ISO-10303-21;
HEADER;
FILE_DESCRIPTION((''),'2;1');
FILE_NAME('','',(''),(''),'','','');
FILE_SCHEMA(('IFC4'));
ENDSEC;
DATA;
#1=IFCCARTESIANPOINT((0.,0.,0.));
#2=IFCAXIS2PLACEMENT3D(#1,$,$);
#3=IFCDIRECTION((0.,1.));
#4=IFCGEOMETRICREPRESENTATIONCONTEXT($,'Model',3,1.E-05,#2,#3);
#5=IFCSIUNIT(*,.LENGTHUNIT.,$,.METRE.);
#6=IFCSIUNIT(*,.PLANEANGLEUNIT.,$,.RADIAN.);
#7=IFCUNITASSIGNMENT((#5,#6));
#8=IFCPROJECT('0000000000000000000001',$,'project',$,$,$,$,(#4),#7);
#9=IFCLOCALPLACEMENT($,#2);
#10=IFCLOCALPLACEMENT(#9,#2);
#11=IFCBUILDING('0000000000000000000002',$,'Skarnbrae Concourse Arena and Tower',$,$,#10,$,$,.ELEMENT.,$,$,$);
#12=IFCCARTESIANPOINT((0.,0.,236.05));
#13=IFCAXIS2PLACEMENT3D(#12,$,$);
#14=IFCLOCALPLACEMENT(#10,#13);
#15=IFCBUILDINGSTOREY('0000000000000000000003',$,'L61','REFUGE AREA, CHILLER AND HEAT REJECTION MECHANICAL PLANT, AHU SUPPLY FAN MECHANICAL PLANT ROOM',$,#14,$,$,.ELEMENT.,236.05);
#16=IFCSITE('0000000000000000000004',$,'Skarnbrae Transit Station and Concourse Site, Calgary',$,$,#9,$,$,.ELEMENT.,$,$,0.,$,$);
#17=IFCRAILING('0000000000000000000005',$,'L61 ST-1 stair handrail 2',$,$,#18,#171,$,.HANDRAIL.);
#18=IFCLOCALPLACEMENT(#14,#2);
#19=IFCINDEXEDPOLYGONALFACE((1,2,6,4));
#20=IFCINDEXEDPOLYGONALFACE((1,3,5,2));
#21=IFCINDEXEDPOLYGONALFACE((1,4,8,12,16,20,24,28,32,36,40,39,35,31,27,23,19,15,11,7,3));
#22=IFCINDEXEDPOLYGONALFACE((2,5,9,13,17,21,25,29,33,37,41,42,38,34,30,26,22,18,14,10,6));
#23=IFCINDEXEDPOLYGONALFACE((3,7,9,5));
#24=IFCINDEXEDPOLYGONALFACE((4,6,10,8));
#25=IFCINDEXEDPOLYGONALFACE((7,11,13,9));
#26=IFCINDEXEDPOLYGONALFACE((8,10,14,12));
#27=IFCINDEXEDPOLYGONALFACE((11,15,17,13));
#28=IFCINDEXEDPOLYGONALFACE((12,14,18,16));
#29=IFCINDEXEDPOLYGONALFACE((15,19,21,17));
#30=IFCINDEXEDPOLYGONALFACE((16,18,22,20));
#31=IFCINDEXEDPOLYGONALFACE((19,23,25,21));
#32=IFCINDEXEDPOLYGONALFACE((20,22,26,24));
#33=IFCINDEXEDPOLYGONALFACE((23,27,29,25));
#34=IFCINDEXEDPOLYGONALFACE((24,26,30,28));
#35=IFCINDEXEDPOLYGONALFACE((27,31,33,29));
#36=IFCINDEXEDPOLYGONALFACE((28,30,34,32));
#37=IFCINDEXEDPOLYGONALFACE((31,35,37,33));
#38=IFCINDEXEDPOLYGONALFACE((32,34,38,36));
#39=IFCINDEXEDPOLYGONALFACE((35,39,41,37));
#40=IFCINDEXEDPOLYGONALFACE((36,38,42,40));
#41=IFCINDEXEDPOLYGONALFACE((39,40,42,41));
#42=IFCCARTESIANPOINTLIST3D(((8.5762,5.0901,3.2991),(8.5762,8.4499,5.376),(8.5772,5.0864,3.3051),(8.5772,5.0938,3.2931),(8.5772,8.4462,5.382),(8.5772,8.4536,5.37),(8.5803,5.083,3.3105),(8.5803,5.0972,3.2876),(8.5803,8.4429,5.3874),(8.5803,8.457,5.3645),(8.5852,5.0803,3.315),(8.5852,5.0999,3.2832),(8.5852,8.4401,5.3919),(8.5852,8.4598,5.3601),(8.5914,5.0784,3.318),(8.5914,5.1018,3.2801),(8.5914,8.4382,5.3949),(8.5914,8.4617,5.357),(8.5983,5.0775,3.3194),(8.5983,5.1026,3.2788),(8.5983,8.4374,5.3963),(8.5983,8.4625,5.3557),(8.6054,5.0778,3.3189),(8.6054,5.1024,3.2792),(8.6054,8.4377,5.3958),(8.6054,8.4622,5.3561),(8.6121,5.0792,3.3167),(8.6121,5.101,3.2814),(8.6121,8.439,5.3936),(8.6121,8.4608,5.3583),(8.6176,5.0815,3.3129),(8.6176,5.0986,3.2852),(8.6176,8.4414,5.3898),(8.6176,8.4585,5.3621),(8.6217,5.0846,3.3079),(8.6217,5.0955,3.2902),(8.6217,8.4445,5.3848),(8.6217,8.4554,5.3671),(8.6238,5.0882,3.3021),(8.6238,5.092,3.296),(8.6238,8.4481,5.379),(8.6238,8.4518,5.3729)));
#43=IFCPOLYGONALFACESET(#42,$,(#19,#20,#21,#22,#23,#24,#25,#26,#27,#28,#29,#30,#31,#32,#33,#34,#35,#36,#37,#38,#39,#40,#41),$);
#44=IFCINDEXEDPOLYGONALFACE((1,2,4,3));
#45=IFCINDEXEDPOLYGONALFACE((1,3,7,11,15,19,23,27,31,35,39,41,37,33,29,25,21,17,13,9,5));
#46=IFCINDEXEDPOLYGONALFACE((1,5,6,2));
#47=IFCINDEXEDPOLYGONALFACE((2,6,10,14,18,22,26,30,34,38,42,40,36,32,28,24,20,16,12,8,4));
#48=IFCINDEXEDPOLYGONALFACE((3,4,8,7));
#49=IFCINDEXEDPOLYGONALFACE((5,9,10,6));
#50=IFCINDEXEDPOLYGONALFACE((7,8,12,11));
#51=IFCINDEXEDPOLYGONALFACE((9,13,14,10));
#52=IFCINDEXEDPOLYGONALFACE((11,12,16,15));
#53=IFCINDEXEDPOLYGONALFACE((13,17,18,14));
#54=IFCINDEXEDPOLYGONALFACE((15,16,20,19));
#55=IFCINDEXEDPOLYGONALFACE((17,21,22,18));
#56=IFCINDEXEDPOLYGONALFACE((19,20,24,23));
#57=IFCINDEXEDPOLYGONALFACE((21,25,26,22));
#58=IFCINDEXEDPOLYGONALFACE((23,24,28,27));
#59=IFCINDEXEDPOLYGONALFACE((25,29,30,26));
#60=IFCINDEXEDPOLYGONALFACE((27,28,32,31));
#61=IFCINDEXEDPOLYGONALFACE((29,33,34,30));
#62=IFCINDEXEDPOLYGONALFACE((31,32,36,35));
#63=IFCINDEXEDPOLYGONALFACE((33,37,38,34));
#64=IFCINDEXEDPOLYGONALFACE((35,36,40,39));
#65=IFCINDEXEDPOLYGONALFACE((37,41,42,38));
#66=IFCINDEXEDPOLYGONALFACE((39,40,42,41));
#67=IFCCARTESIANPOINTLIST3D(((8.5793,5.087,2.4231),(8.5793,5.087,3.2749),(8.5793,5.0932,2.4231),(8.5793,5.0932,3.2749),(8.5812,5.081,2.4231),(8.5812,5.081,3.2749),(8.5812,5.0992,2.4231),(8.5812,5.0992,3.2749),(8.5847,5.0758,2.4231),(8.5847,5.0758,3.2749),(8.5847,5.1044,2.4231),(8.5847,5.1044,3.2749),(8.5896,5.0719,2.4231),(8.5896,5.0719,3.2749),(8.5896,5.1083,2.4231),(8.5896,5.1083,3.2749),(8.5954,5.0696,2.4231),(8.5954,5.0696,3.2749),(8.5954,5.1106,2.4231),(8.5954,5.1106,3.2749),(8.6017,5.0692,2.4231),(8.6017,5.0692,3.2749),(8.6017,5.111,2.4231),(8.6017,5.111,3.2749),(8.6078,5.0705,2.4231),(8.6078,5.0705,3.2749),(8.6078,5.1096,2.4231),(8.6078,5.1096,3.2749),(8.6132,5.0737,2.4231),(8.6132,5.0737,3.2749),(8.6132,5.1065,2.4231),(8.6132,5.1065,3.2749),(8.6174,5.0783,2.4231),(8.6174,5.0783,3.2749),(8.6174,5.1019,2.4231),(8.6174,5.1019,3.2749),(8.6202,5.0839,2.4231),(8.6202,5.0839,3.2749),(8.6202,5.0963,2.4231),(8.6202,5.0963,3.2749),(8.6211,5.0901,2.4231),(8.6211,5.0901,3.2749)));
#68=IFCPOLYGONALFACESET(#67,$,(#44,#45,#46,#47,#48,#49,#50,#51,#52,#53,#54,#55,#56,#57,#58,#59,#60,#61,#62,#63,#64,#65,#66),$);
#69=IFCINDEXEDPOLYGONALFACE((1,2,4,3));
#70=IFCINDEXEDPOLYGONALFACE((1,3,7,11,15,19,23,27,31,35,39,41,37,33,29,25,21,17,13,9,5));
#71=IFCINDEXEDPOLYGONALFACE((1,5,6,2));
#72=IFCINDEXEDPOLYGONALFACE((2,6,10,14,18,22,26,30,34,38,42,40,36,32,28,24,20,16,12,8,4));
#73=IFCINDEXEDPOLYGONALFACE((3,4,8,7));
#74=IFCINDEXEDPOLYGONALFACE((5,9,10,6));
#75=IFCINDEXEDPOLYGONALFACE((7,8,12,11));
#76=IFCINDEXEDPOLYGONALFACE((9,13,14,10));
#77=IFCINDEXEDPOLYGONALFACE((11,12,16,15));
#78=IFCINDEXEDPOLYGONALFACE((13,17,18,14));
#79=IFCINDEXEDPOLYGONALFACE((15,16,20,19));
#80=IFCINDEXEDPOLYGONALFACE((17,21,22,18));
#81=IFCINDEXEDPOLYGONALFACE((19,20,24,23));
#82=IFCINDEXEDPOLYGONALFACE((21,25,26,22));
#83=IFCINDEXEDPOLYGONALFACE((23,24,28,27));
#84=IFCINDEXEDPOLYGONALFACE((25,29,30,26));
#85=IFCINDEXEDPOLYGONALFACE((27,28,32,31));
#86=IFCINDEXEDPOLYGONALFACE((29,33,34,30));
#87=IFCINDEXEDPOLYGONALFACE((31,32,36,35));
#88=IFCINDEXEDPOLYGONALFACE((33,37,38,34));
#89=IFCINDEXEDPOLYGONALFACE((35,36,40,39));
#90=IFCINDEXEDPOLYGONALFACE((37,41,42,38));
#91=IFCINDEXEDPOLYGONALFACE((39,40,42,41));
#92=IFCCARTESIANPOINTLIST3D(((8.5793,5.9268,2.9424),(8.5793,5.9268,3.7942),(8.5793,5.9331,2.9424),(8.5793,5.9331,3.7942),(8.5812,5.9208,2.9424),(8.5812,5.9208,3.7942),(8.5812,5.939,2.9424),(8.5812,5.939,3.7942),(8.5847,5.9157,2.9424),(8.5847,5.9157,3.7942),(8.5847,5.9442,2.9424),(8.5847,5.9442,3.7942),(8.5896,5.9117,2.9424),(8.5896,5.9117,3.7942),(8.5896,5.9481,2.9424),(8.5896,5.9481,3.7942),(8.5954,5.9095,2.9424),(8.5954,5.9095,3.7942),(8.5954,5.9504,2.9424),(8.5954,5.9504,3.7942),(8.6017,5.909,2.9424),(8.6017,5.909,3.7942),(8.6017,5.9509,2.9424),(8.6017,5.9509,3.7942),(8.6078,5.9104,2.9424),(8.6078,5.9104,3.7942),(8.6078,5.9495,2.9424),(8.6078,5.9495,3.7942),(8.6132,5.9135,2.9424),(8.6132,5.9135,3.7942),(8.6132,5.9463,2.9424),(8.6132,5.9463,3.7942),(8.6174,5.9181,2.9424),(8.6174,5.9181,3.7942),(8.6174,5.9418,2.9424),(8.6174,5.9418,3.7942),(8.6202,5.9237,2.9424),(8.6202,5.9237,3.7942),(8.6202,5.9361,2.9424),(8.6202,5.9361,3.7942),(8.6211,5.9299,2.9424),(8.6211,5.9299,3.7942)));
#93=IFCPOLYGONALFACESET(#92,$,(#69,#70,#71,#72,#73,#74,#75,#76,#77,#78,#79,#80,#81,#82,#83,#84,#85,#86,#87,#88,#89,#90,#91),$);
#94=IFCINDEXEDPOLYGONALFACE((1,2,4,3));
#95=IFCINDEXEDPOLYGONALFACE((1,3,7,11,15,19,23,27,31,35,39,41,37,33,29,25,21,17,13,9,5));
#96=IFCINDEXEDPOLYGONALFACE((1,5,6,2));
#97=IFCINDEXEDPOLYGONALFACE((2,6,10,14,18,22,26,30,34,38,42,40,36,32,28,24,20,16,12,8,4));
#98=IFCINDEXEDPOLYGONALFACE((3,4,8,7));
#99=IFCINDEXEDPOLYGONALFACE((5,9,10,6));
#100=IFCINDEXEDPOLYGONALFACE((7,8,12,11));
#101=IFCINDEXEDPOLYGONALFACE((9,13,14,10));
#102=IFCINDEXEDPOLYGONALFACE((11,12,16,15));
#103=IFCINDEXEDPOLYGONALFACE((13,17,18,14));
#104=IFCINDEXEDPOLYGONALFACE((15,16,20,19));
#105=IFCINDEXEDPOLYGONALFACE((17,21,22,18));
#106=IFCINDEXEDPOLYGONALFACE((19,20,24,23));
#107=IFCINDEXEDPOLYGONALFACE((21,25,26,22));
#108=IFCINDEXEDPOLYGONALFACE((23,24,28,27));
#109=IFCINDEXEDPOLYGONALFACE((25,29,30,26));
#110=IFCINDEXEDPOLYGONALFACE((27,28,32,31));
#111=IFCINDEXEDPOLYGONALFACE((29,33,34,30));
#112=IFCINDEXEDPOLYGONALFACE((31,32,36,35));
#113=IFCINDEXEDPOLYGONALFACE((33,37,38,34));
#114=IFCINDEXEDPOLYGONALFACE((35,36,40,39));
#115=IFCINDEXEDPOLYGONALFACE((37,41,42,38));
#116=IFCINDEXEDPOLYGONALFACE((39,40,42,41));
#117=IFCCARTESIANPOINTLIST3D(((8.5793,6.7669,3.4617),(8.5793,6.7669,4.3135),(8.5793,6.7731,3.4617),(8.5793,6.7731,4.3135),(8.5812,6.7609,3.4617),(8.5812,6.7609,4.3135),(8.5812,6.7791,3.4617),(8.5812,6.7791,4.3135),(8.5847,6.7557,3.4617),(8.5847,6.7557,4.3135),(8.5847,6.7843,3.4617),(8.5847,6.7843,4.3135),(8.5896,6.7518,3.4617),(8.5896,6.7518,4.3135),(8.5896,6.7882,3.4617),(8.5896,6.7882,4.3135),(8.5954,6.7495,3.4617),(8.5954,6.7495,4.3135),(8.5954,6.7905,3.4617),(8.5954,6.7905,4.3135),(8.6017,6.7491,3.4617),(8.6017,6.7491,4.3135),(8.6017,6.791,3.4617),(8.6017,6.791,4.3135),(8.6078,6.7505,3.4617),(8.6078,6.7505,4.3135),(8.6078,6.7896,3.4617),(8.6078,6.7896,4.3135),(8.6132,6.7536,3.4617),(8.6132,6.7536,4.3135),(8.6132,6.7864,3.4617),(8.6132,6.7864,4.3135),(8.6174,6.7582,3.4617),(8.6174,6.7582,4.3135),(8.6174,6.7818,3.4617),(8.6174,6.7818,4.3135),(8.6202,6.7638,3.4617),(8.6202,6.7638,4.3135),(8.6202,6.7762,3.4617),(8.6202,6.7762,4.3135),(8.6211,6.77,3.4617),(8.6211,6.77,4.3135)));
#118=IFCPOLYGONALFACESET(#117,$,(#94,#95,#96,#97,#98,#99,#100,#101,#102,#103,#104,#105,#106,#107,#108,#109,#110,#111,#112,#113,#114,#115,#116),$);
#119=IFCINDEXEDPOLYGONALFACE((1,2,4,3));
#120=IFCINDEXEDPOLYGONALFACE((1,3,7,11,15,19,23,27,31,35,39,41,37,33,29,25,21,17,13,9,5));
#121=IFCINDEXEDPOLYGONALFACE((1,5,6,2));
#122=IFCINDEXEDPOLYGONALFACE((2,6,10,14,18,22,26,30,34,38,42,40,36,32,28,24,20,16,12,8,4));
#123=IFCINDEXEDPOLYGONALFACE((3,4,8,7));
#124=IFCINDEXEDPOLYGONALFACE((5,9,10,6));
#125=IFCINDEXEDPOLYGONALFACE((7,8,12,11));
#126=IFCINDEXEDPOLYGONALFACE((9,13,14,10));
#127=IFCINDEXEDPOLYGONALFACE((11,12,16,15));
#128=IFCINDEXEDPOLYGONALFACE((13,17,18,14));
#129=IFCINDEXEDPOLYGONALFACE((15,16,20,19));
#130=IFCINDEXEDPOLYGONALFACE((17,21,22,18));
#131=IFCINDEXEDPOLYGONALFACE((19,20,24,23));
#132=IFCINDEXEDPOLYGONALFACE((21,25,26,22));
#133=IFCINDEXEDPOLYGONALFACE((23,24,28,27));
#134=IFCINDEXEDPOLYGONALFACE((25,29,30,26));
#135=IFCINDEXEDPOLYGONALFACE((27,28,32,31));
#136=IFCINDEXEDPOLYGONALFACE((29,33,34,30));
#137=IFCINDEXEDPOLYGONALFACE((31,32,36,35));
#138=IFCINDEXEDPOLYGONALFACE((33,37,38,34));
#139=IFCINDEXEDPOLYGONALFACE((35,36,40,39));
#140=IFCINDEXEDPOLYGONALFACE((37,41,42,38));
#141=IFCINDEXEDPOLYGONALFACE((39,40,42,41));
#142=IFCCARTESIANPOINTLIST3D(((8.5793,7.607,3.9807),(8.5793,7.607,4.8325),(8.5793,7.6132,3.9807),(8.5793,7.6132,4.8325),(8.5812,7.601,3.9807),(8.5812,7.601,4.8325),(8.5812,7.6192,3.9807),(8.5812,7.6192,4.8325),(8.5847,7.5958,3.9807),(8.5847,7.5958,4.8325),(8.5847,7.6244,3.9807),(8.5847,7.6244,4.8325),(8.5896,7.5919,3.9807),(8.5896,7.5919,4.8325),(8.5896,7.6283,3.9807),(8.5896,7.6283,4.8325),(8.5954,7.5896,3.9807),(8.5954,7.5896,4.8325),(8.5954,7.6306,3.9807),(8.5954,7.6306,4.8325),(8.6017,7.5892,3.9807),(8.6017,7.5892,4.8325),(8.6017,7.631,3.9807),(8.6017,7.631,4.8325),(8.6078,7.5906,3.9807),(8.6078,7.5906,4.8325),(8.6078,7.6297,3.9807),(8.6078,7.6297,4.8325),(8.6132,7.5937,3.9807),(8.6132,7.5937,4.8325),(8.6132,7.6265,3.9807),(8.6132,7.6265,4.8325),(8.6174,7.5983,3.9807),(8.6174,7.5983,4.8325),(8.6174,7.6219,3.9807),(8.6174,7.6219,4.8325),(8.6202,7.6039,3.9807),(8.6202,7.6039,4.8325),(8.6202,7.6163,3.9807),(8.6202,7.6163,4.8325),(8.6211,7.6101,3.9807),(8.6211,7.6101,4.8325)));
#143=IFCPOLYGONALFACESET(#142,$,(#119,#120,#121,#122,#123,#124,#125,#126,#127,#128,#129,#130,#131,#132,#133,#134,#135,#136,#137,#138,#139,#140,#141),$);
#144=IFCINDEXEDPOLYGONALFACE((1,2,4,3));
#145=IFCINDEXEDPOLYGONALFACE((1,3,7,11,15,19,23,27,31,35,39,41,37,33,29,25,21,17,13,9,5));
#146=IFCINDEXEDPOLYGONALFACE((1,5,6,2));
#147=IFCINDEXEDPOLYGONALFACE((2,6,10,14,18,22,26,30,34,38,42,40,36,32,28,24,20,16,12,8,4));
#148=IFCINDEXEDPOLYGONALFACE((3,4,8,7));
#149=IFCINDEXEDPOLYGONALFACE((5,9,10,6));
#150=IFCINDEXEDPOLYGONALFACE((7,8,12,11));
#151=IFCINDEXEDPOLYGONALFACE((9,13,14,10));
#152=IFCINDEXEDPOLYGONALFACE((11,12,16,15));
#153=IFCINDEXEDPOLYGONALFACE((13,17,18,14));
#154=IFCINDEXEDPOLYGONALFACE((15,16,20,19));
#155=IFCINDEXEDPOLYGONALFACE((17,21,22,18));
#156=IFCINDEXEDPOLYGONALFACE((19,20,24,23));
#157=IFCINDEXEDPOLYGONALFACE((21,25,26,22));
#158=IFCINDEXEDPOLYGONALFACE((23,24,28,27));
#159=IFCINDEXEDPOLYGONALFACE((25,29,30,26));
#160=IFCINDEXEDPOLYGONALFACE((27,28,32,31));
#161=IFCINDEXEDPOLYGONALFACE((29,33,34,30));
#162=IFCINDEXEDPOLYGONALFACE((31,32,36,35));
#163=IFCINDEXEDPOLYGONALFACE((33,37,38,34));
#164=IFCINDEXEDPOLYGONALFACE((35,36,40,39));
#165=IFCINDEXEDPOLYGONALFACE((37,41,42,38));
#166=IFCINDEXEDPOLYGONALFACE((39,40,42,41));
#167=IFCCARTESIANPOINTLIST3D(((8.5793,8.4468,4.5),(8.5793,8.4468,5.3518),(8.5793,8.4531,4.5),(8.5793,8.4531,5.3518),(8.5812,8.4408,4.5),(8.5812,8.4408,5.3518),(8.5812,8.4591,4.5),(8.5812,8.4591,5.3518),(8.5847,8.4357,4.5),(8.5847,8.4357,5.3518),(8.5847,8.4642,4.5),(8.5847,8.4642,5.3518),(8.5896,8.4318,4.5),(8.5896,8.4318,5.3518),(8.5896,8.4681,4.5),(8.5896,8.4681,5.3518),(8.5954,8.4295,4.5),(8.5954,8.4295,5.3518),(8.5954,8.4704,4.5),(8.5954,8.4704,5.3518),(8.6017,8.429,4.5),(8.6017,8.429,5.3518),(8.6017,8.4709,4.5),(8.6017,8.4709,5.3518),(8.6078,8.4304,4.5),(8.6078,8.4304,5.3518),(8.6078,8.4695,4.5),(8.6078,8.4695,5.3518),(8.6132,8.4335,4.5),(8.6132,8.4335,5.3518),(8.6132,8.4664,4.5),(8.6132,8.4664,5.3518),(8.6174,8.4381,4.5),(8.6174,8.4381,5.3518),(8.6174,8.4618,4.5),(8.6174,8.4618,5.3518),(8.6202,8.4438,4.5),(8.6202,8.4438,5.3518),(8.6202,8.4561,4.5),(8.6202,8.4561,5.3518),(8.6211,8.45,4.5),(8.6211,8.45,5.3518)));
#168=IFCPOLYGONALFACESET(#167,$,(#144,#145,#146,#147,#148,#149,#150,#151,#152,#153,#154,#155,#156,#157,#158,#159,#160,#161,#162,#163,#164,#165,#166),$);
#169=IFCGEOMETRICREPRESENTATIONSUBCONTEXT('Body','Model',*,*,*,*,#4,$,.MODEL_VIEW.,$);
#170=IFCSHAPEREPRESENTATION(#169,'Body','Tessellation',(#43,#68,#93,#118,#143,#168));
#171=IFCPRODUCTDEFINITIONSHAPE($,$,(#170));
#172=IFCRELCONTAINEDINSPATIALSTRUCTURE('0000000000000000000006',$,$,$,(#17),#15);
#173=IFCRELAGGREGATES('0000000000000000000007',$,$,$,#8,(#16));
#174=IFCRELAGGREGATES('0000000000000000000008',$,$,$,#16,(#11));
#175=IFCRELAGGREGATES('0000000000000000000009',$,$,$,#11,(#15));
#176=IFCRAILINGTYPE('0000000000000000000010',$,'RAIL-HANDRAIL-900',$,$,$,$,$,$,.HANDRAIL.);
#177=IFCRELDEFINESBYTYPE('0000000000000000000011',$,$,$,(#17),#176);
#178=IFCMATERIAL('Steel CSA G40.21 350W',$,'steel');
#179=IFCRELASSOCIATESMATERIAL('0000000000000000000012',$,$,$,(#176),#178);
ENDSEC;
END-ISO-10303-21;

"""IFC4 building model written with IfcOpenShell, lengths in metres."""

from ifc_helpers import new_model, si_unit, direction, frame, origin, origin_2d, place, context, subcontext, project, spatial, circle, extrude, material, type_object, element, save


model = new_model("IFC4")

# Units and contexts
model_context = context("Model", 3, precision=1e-05, world=origin(), true_north=direction((0.0, 1.0)))
body_context = subcontext(model_context, "Body", "Model", "MODEL_VIEW")
ifc_project = project(units=[si_unit("LENGTHUNIT", "METRE"), si_unit("PLANEANGLEUNIT", "RADIAN")], contexts=[model_context])

# Site, building, storey
site_placement = place(None, origin())
site = spatial("IfcSite", under=ifc_project, at=site_placement, Name="Skarnbrae Transit Station and Concourse Site, Calgary", CompositionType="ELEMENT", RefElevation=0.0)
building_placement = place(site_placement, origin())
building = spatial("IfcBuilding", under=site, at=building_placement, Name="Skarnbrae Concourse Arena and Tower", CompositionType="ELEMENT")
storey_placement = place(building_placement, frame((0.0, 0.0, 236.05)))
storey = spatial("IfcBuildingStorey", under=building, at=storey_placement, Name="L61", Description="REFUGE AREA, CHILLER AND HEAT REJECTION MECHANICAL PLANT, AHU SUPPLY FAN MECHANICAL PLANT ROOM", CompositionType="ELEMENT", Elevation=236.05)

# Shared definitions
ifc_material_1 = material(Name="Steel CSA G40.21 350W", Category="steel")

# Railing
railing_type_1 = type_object("IfcRailingType", Name="RAIL-HANDRAIL-900", PredefinedType="HANDRAIL", material=ifc_material_1)
railing_1_placement = place(storey_placement, frame((8.6001, 5.0901, 2.4231)))
element("IfcRailing", 1, at=railing_1_placement, inside=storey, type_object=railing_type_1, Name="L61 ST-1 stair handrail 2", PredefinedType="HANDRAIL", context=body_context, shape_type="SweptSolid", body=[
    extrude(circle(Radius=0.0239, at=origin_2d()), frame((0.0, 0.0, 0.876), z_axis=(0.0, 0.850606, 0.525803), x_axis=(-1.0, 0.0, 0.0)), (0.0, 0.0, 1.0), 3.95),
    extrude(circle(Radius=0.021, at=origin_2d()), origin(), (0.0, 0.0, 1.0), 0.8518),
    extrude(circle(Radius=0.021, at=origin_2d()), frame((0.0, 0.8398, 0.5193)), (0.0, 0.0, 1.0), 0.8518),
    extrude(circle(Radius=0.021, at=origin_2d()), frame((0.0, 1.6799, 1.0386)), (0.0, 0.0, 1.0), 0.8518),
    extrude(circle(Radius=0.021, at=origin_2d()), frame((0.0, 2.52, 1.5576)), (0.0, 0.0, 1.0), 0.8518),
    extrude(circle(Radius=0.021, at=origin_2d()), frame((0.0, 3.3599, 2.0769)), (0.0, 0.0, 1.0), 0.8518),
])

save(model, "model.ifc")
